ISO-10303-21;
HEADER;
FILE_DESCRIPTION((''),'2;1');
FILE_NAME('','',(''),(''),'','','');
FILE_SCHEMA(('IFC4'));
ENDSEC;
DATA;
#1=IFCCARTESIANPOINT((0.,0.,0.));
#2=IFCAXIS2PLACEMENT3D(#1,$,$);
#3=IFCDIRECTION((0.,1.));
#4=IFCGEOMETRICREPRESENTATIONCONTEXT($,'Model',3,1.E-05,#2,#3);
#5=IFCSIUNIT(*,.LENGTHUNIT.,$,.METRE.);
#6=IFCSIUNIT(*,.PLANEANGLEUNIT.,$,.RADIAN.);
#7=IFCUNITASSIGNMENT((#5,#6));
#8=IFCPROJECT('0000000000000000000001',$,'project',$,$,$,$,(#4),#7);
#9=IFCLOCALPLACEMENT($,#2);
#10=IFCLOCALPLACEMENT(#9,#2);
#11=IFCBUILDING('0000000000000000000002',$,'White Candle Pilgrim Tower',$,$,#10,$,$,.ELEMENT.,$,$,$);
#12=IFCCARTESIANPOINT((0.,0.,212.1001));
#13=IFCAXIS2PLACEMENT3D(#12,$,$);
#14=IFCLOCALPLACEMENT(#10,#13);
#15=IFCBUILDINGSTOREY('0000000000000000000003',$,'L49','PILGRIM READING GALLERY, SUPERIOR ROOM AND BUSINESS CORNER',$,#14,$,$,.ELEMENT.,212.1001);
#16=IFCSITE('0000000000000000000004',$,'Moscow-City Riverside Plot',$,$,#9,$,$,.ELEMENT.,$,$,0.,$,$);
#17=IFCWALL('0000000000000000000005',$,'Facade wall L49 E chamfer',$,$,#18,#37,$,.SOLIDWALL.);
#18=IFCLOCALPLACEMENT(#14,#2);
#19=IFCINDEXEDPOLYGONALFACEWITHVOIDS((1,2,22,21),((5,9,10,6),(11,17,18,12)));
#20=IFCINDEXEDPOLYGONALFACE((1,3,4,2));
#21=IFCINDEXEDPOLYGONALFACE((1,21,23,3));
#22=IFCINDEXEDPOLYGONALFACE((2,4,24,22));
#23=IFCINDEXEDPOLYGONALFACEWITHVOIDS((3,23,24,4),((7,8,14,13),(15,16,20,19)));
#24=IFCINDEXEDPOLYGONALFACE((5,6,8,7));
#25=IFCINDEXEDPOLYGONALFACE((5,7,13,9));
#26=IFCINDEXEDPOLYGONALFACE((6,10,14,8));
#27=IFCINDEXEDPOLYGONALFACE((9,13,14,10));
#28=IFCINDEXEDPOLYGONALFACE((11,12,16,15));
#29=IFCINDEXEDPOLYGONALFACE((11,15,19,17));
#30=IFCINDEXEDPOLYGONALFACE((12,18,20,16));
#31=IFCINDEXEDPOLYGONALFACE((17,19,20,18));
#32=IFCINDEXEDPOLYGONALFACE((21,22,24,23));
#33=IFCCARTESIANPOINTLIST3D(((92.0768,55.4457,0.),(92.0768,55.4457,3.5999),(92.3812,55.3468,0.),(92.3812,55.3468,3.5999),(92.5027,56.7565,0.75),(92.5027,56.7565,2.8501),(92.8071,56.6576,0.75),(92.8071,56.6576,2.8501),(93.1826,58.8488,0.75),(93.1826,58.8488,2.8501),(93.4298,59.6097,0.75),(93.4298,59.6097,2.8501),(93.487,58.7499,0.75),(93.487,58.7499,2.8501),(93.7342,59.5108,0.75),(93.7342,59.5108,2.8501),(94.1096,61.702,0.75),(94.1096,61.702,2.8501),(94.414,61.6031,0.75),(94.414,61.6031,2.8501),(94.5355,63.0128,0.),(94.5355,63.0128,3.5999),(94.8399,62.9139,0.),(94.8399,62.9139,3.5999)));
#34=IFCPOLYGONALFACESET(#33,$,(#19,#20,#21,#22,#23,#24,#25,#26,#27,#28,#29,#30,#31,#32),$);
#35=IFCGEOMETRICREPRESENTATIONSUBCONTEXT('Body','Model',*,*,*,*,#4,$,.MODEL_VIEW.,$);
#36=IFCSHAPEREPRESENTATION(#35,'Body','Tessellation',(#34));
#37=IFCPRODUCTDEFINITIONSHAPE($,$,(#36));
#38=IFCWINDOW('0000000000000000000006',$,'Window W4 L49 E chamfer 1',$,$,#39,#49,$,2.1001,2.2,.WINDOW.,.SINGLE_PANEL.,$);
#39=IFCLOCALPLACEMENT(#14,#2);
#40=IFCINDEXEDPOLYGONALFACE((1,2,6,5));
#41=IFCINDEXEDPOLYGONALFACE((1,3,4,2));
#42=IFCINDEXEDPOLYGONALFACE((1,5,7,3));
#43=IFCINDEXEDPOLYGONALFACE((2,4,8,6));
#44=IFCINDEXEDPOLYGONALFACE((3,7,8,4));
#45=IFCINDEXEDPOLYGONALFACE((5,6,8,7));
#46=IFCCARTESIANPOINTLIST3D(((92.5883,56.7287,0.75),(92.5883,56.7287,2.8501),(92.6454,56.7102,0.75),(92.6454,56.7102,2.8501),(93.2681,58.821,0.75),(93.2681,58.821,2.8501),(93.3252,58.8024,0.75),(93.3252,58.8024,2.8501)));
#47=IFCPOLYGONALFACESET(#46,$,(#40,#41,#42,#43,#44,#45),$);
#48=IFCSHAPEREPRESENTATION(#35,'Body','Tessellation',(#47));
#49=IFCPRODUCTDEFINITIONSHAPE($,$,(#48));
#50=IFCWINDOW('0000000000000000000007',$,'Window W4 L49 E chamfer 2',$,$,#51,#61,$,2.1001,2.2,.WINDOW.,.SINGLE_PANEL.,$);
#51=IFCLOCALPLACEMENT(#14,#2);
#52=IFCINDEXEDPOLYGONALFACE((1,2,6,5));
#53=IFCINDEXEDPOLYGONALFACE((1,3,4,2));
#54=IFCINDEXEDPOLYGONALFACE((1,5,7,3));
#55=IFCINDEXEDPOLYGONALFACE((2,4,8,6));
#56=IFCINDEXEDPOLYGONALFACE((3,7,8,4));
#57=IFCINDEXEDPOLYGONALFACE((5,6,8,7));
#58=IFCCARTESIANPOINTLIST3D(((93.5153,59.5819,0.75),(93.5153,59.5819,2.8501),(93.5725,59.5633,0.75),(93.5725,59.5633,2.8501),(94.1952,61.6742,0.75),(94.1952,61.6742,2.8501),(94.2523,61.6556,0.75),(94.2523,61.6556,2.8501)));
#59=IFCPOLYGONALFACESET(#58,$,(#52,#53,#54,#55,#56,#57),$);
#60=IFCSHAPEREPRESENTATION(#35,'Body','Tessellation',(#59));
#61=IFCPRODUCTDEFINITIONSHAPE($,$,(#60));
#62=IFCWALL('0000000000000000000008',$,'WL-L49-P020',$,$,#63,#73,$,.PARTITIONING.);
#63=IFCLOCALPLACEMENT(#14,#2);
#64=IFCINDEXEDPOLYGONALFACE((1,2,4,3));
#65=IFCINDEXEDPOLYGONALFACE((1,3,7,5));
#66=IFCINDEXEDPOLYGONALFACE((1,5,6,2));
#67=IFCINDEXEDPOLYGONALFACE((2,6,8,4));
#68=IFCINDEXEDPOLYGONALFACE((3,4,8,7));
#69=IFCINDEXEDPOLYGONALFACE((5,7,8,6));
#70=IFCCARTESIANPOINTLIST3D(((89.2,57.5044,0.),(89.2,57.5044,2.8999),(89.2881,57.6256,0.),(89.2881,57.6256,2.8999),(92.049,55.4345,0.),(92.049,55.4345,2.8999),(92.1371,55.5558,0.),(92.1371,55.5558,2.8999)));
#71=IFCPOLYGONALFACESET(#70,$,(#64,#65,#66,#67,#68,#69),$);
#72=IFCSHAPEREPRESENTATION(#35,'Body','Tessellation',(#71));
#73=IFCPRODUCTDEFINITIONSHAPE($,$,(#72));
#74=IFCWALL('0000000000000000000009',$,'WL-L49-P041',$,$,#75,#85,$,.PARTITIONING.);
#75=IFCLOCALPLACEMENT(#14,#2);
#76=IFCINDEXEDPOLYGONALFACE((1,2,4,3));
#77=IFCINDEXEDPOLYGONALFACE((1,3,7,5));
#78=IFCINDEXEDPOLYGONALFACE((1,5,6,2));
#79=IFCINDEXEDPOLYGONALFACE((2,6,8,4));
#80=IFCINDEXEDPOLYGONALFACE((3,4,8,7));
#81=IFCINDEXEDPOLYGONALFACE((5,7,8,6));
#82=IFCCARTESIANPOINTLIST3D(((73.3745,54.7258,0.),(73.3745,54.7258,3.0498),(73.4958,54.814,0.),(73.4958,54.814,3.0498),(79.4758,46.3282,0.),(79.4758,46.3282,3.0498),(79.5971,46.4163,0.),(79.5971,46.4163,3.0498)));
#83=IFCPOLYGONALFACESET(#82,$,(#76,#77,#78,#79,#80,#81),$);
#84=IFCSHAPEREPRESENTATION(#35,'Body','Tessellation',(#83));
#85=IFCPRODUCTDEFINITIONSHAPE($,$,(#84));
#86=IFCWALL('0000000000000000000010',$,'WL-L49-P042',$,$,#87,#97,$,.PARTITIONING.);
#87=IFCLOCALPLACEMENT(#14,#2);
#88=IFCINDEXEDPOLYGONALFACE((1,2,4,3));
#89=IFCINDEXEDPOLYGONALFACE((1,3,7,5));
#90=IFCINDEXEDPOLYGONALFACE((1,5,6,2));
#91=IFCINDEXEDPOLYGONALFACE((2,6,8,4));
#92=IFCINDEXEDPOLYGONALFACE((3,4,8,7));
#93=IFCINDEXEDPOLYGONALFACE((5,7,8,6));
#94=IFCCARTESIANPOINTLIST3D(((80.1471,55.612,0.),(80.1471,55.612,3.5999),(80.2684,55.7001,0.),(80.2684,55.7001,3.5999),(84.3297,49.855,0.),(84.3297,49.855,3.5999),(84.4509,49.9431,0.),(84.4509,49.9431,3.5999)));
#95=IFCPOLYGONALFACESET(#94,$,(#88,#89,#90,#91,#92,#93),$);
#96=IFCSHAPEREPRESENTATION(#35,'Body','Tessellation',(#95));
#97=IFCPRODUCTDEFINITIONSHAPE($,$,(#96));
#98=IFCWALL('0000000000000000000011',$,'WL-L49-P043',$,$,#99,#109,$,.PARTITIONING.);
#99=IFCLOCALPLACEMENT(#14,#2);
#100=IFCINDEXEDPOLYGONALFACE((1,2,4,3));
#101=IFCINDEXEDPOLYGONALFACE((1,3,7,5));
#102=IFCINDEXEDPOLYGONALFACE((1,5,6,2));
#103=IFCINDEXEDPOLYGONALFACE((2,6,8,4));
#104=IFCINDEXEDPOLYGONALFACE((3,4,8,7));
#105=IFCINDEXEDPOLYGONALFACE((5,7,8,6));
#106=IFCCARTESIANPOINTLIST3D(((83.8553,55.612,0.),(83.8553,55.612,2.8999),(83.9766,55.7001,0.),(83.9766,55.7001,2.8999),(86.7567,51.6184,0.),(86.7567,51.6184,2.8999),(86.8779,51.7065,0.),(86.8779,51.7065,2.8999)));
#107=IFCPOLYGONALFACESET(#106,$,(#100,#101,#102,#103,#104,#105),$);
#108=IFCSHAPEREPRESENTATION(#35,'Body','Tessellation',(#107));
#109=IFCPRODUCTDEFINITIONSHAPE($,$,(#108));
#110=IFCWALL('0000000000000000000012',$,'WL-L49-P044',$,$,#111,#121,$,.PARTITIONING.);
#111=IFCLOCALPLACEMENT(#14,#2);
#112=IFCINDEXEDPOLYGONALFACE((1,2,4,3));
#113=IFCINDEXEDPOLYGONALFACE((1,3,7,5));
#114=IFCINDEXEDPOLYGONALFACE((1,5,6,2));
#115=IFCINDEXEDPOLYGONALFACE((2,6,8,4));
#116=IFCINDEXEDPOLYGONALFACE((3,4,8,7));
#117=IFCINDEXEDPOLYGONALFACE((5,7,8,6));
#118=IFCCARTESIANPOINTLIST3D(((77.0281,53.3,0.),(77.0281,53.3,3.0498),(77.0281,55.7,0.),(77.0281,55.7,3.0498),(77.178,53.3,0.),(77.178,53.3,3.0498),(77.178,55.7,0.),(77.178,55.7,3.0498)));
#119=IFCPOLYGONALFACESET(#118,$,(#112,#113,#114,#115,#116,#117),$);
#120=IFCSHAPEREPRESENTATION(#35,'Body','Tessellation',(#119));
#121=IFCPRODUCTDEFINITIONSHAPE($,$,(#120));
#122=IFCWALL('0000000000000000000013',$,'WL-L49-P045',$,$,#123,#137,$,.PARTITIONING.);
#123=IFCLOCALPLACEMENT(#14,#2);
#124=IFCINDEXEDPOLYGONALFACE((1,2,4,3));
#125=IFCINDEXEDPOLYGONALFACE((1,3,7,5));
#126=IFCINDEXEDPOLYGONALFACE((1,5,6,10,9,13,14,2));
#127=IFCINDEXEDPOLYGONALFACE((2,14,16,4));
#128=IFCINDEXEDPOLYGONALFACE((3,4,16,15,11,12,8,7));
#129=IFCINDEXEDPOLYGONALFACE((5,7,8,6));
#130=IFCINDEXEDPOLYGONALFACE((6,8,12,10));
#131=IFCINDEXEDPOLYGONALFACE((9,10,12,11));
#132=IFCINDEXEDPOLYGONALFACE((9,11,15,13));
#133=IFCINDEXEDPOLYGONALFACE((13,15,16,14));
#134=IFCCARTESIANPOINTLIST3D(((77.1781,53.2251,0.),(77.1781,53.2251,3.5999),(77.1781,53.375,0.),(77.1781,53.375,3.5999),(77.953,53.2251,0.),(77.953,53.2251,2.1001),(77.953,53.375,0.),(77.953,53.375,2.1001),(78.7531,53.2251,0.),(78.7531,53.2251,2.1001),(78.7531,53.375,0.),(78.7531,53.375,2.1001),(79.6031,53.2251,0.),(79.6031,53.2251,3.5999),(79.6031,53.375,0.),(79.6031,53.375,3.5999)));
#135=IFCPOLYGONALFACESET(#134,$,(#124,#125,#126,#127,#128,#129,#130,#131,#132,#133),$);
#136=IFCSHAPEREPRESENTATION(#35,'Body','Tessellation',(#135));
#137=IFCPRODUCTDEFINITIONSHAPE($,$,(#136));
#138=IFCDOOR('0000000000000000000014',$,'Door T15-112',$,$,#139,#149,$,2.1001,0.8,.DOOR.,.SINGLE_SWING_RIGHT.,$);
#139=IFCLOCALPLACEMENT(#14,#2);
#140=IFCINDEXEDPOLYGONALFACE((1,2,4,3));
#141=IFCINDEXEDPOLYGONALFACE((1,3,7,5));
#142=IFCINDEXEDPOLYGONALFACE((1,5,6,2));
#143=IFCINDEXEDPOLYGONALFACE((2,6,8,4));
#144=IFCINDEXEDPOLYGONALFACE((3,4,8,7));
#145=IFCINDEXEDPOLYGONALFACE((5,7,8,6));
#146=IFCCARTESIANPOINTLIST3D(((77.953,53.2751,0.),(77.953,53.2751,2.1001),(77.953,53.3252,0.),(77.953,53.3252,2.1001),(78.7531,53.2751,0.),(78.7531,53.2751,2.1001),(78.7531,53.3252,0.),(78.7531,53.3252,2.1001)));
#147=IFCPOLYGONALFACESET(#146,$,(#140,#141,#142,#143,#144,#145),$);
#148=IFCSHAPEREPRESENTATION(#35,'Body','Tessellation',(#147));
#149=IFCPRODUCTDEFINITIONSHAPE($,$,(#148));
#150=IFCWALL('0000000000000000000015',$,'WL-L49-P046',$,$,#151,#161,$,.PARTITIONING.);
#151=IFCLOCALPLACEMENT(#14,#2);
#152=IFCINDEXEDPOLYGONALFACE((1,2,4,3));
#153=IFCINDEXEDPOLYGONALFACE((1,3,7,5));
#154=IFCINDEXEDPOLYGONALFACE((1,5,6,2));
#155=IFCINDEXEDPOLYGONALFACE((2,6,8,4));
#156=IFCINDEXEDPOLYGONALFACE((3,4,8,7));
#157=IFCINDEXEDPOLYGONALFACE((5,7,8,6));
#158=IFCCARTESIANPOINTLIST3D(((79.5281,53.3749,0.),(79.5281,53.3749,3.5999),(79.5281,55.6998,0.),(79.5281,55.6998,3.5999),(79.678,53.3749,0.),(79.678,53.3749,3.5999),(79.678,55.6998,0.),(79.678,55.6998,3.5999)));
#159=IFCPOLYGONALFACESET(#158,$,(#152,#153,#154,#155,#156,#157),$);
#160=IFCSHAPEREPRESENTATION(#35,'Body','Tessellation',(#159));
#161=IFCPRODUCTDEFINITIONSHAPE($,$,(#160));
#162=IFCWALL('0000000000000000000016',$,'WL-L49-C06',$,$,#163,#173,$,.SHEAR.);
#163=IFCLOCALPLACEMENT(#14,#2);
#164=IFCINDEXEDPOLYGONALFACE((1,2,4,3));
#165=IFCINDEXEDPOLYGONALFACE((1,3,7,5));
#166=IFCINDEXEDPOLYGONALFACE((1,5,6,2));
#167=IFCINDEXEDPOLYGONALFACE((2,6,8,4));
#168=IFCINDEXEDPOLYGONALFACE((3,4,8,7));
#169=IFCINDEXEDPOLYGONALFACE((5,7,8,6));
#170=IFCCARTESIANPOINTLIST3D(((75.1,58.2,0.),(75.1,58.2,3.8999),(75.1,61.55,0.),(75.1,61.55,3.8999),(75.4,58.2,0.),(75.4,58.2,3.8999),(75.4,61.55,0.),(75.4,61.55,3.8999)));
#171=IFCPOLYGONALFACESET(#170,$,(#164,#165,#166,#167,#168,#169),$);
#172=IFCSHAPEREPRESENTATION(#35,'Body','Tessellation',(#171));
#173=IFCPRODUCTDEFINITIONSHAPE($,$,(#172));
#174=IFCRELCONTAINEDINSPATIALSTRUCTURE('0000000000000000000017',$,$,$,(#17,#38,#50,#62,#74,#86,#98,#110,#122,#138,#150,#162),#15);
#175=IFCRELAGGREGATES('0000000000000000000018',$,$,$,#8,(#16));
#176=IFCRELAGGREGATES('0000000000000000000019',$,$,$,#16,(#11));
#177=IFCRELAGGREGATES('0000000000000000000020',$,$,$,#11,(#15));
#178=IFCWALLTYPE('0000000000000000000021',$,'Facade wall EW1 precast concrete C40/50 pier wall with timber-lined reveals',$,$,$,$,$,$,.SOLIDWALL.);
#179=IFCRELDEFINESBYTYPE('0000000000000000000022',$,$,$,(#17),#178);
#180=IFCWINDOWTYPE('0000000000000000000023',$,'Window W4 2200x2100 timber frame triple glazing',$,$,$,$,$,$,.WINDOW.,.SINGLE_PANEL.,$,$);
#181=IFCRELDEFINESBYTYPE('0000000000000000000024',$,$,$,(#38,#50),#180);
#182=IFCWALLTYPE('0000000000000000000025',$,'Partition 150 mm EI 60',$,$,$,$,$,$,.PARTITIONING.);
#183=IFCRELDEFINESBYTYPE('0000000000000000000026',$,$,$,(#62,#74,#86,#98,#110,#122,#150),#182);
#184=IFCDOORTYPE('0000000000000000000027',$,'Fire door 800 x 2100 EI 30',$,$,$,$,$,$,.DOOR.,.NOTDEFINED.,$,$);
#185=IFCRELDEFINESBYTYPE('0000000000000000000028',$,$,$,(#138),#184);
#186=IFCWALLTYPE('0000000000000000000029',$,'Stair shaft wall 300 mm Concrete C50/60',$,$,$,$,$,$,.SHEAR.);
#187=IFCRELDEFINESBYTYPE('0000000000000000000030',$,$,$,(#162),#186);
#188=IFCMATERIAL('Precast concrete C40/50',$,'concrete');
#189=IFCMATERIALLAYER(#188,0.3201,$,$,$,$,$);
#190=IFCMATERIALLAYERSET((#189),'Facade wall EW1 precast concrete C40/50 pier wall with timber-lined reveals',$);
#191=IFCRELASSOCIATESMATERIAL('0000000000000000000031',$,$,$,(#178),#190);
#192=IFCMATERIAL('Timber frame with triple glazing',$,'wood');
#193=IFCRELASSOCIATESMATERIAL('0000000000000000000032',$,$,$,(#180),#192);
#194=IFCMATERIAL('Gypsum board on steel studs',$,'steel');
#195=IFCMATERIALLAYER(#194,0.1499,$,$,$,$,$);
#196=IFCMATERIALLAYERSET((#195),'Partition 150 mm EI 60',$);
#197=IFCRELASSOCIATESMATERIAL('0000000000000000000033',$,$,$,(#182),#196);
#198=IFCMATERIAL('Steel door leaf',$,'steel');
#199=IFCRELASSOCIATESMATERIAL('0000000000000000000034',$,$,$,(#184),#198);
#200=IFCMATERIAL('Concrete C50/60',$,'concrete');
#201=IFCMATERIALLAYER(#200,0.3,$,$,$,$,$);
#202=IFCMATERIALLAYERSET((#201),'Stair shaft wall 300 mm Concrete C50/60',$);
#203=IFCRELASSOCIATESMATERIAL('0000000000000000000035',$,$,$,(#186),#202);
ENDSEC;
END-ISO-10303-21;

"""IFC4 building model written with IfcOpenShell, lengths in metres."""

from ifc_helpers import new_model, si_unit, direction, frame, frame_2d, origin, place, context, subcontext, project, spatial, rectangle, extrude, material, layer, layer_set, type_object, element, fill, save


model = new_model("IFC4")

# Units and contexts
model_context = context("Model", 3, precision=1e-05, world=origin(), true_north=direction((0.0, 1.0)))
body_context = subcontext(model_context, "Body", "Model", "MODEL_VIEW")
ifc_project = project(units=[si_unit("LENGTHUNIT", "METRE"), si_unit("PLANEANGLEUNIT", "RADIAN")], contexts=[model_context])

# Site, building, storey
site_placement = place(None, origin())
site = spatial("IfcSite", under=ifc_project, at=site_placement, Name="Moscow-City Riverside Plot", CompositionType="ELEMENT", RefElevation=0.0)
building_placement = place(site_placement, origin())
building = spatial("IfcBuilding", under=site, at=building_placement, Name="White Candle Pilgrim Tower", CompositionType="ELEMENT")
storey_placement = place(building_placement, frame((0.0, 0.0, 212.1001)))
storey = spatial("IfcBuildingStorey", under=building, at=storey_placement, Name="L49", Description="PILGRIM READING GALLERY, SUPERIOR ROOM AND BUSINESS CORNER", CompositionType="ELEMENT", Elevation=212.1001)

# Shared definitions
ifc_material_1 = material(Name="Concrete C50/60", Category="concrete")

# Shared definitions
ifc_material_2 = material(Name="Gypsum board on steel studs", Category="steel")
ifc_material_3 = material(Name="Steel door leaf", Category="steel")

# Wall, openings, windows
ifc_material_4 = material(Name="Precast concrete C40/50", Category="concrete")
ifc_layer_1 = layer(ifc_material_4, 0.3201)
ifc_layer_set_1 = layer_set([ifc_layer_1], Name="Facade wall EW1 precast concrete C40/50 pier wall with timber-lined reveals")
wall_type_1 = type_object("IfcWallType", Name="Facade wall EW1 precast concrete C40/50 pier wall with timber-lined reveals", PredefinedType="SOLIDWALL", material=ifc_layer_set_1)
wall_1_placement = place(storey_placement, frame((92.229, 55.3962, 0.0), z_axis=(0.0, 0.0, 1.0), x_axis=(0.30902, 0.951055, 0.0)))
wall_1 = element("IfcWall", 1, at=wall_1_placement, inside=storey, type_object=wall_type_1, Name="Facade wall L49 E chamfer", PredefinedType="SOLIDWALL", context=body_context, shape_type="SweptSolid", body=[
    extrude(rectangle(XDim=7.9565, YDim=0.3201, at=frame_2d((3.9783, 0.0))), origin(), (0.0, 0.0, 1.0), 3.5999),
])
opening_1_placement = place(wall_1_placement, frame((1.3782, 0.0, 0.75)))
opening_1 = element("IfcOpeningElement", 2, at=opening_1_placement, cuts=wall_1, PredefinedType="OPENING", context=body_context, shape_type="SweptSolid", body=[
    extrude(rectangle(XDim=2.2, YDim=2.1001, at=frame_2d((1.1001, 1.05))), frame((0.0, 0.1699, 0.0), z_axis=(0.0, -1.0, 0.0), x_axis=(1.0, 0.0, 0.0)), (0.0, 0.0, 1.0), 0.3401),
])
opening_2_placement = place(wall_1_placement, frame((4.3782, 0.0, 0.75)))
opening_2 = element("IfcOpeningElement", 3, at=opening_2_placement, cuts=wall_1, PredefinedType="OPENING", context=body_context, shape_type="SweptSolid", body=[
    extrude(rectangle(XDim=2.2, YDim=2.1001, at=frame_2d((1.1001, 1.05))), frame((0.0, 0.1699, 0.0), z_axis=(0.0, -1.0, 0.0), x_axis=(1.0, 0.0, 0.0)), (0.0, 0.0, 1.0), 0.3401),
])
ifc_material_5 = material(Name="Timber frame with triple glazing", Category="wood")
window_type = type_object("IfcWindowType", Name="Window W4 2200x2100 timber frame triple glazing", PartitioningType="SINGLE_PANEL", PredefinedType="WINDOW", material=ifc_material_5)
window_1_placement = place(opening_1_placement, origin())
window_1 = element("IfcWindow", 4, at=window_1_placement, inside=storey, type_object=window_type, Name="Window W4 L49 E chamfer 1", OverallHeight=2.1001, OverallWidth=2.2, PartitioningType="SINGLE_PANEL", PredefinedType="WINDOW", context=body_context, shape_type="SweptSolid", body=[
    extrude(rectangle(XDim=2.2, YDim=2.1001, at=frame_2d((1.1001, 1.05))), frame((0.0, 0.0701, 0.0), z_axis=(0.0, -1.0, 0.0), x_axis=(1.0, 0.0, 0.0)), (0.0, 0.0, 1.0), 0.0601),
])
fill(opening_1, window_1)
window_2_placement = place(opening_2_placement, origin())
window_2 = element("IfcWindow", 5, at=window_2_placement, inside=storey, type_object=window_type, Name="Window W4 L49 E chamfer 2", OverallHeight=2.1001, OverallWidth=2.2, PartitioningType="SINGLE_PANEL", PredefinedType="WINDOW", context=body_context, shape_type="SweptSolid", body=[
    extrude(rectangle(XDim=2.2, YDim=2.1001, at=frame_2d((1.1001, 1.05))), frame((0.0, 0.0701, 0.0), z_axis=(0.0, -1.0, 0.0), x_axis=(1.0, 0.0, 0.0)), (0.0, 0.0, 1.0), 0.0601),
])
fill(opening_2, window_2)

# Walls
ifc_layer_2 = layer(ifc_material_2, 0.1499)
ifc_layer_set_2 = layer_set([ifc_layer_2], Name="Partition 150 mm EI 60")
wall_type_2 = type_object("IfcWallType", Name="Partition 150 mm EI 60", PredefinedType="PARTITIONING", material=ifc_layer_set_2)
wall_2_placement = place(storey_placement, frame((92.093, 55.4951, 0.0), z_axis=(0.0, 0.0, 1.0), x_axis=(-0.809018, 0.587784, 0.0)))
element("IfcWall", 6, at=wall_2_placement, inside=storey, type_object=wall_type_2, Name="WL-L49-P020", PredefinedType="PARTITIONING", context=body_context, shape_type="SweptSolid", body=[
    extrude(rectangle(XDim=3.5215, YDim=0.1499, at=frame_2d((1.7607, 0.0))), origin(), (0.0, 0.0, 1.0), 2.8999),
])
wall_3_placement = place(storey_placement, frame((79.5364, 46.3723, 0.0), z_axis=(0.0, 0.0, 1.0), x_axis=(-0.587787, 0.809016, 0.0)))
element("IfcWall", 7, at=wall_3_placement, inside=storey, type_object=wall_type_2, Name="WL-L49-P041", PredefinedType="PARTITIONING", context=body_context, shape_type="SweptSolid", body=[
    extrude(rectangle(XDim=10.3801, YDim=0.1499, at=frame_2d((5.1899, 0.0))), origin(), (0.0, 0.0, 1.0), 3.0498),
])
wall_4_placement = place(storey_placement, frame((84.3904, 49.8989, 0.0), z_axis=(0.0, 0.0, 1.0), x_axis=(-0.587772, 0.809027, 0.0)))
element("IfcWall", 8, at=wall_4_placement, inside=storey, type_object=wall_type_2, Name="WL-L49-P042", PredefinedType="PARTITIONING", context=body_context, shape_type="SweptSolid", body=[
    extrude(rectangle(XDim=7.116, YDim=0.1499, at=frame_2d((3.5581, 0.0))), origin(), (0.0, 0.0, 1.0), 3.5999),
])
wall_5_placement = place(storey_placement, frame((86.8174, 51.6624, 0.0), z_axis=(0.0, 0.0, 1.0), x_axis=(-0.58776, 0.809035, 0.0)))
element("IfcWall", 9, at=wall_5_placement, inside=storey, type_object=wall_type_2, Name="WL-L49-P043", PredefinedType="PARTITIONING", context=body_context, shape_type="SweptSolid", body=[
    extrude(rectangle(XDim=4.9363, YDim=0.1499, at=frame_2d((2.4683, 0.0))), origin(), (0.0, 0.0, 1.0), 2.8999),
])
wall_6_placement = place(storey_placement, frame((77.103, 55.7, 0.0), z_axis=(0.0, 0.0, 1.0), x_axis=(0.0, -1.0, 0.0)))
element("IfcWall", 10, at=wall_6_placement, inside=storey, type_object=wall_type_2, Name="WL-L49-P044", PredefinedType="PARTITIONING", context=body_context, shape_type="SweptSolid", body=[
    extrude(rectangle(XDim=2.3999, YDim=0.1499, at=frame_2d((1.2, 0.0))), origin(), (0.0, 0.0, 1.0), 3.0498),
])

# Wall, opening, door
wall_7_placement = place(storey_placement, frame((79.603, 53.3, 0.0), z_axis=(0.0, 0.0, 1.0), x_axis=(-1.0, 0.0, 0.0)))
wall_7 = element("IfcWall", 11, at=wall_7_placement, inside=storey, type_object=wall_type_2, Name="WL-L49-P045", PredefinedType="PARTITIONING", context=body_context, shape_type="SweptSolid", body=[
    extrude(rectangle(XDim=2.425, YDim=0.1499, at=frame_2d((1.2124, 0.0))), origin(), (0.0, 0.0, 1.0), 3.5999),
])
opening_3_placement = place(wall_7_placement, frame((0.8501, 0.0, 0.0)))
opening_3 = element("IfcOpeningElement", 12, at=opening_3_placement, cuts=wall_7, PredefinedType="OPENING", context=body_context, shape_type="SweptSolid", body=[
    extrude(rectangle(XDim=0.8, YDim=2.1001, at=frame_2d((0.3999, 1.05))), frame((0.0, 0.085, 0.0), z_axis=(0.0, -1.0, 0.0), x_axis=(1.0, 0.0, 0.0)), (0.0, 0.0, 1.0), 0.1699),
])
door_type_1 = type_object("IfcDoorType", Name="Fire door 800 x 2100 EI 30", OperationType="NOTDEFINED", PredefinedType="DOOR", material=ifc_material_3)
door_1_placement = place(opening_3_placement, origin())
door_1 = element("IfcDoor", 13, at=door_1_placement, inside=storey, type_object=door_type_1, Name="Door T15-112", OperationType="SINGLE_SWING_RIGHT", OverallHeight=2.1001, OverallWidth=0.8, PredefinedType="DOOR", context=body_context, shape_type="SweptSolid", body=[
    extrude(rectangle(XDim=0.8, YDim=2.1001, at=frame_2d((0.3999, 1.05))), frame((0.0, 0.0249, 0.0), z_axis=(0.0, -1.0, 0.0), x_axis=(1.0, 0.0, 0.0)), (0.0, 0.0, 1.0), 0.05),
])
fill(opening_3, door_1)

# Walls
wall_8_placement = place(storey_placement, frame((79.603, 55.7, 0.0), z_axis=(0.0, 0.0, 1.0), x_axis=(0.0, -1.0, 0.0)))
element("IfcWall", 14, at=wall_8_placement, inside=storey, type_object=wall_type_2, Name="WL-L49-P046", PredefinedType="PARTITIONING", context=body_context, shape_type="SweptSolid", body=[
    extrude(rectangle(XDim=2.325, YDim=0.1499, at=frame_2d((1.1626, 0.0))), origin(), (0.0, 0.0, 1.0), 3.5999),
])
ifc_layer_3 = layer(ifc_material_1, 0.3)
ifc_layer_set_3 = layer_set([ifc_layer_3], Name="Stair shaft wall 300 mm Concrete C50/60")
wall_type_3 = type_object("IfcWallType", Name="Stair shaft wall 300 mm Concrete C50/60", PredefinedType="SHEAR", material=ifc_layer_set_3)
wall_9_placement = place(storey_placement, frame((75.25, 58.2, 0.0), z_axis=(0.0, 0.0, 1.0), x_axis=(0.0, 1.0, 0.0)))
element("IfcWall", 15, at=wall_9_placement, inside=storey, type_object=wall_type_3, Name="WL-L49-C06", PredefinedType="SHEAR", context=body_context, shape_type="SweptSolid", body=[
    extrude(rectangle(XDim=3.3501, YDim=0.3, at=frame_2d((1.675, 0.0))), origin(), (0.0, 0.0, 1.0), 3.8999),
])

save(model, "model.ifc")
